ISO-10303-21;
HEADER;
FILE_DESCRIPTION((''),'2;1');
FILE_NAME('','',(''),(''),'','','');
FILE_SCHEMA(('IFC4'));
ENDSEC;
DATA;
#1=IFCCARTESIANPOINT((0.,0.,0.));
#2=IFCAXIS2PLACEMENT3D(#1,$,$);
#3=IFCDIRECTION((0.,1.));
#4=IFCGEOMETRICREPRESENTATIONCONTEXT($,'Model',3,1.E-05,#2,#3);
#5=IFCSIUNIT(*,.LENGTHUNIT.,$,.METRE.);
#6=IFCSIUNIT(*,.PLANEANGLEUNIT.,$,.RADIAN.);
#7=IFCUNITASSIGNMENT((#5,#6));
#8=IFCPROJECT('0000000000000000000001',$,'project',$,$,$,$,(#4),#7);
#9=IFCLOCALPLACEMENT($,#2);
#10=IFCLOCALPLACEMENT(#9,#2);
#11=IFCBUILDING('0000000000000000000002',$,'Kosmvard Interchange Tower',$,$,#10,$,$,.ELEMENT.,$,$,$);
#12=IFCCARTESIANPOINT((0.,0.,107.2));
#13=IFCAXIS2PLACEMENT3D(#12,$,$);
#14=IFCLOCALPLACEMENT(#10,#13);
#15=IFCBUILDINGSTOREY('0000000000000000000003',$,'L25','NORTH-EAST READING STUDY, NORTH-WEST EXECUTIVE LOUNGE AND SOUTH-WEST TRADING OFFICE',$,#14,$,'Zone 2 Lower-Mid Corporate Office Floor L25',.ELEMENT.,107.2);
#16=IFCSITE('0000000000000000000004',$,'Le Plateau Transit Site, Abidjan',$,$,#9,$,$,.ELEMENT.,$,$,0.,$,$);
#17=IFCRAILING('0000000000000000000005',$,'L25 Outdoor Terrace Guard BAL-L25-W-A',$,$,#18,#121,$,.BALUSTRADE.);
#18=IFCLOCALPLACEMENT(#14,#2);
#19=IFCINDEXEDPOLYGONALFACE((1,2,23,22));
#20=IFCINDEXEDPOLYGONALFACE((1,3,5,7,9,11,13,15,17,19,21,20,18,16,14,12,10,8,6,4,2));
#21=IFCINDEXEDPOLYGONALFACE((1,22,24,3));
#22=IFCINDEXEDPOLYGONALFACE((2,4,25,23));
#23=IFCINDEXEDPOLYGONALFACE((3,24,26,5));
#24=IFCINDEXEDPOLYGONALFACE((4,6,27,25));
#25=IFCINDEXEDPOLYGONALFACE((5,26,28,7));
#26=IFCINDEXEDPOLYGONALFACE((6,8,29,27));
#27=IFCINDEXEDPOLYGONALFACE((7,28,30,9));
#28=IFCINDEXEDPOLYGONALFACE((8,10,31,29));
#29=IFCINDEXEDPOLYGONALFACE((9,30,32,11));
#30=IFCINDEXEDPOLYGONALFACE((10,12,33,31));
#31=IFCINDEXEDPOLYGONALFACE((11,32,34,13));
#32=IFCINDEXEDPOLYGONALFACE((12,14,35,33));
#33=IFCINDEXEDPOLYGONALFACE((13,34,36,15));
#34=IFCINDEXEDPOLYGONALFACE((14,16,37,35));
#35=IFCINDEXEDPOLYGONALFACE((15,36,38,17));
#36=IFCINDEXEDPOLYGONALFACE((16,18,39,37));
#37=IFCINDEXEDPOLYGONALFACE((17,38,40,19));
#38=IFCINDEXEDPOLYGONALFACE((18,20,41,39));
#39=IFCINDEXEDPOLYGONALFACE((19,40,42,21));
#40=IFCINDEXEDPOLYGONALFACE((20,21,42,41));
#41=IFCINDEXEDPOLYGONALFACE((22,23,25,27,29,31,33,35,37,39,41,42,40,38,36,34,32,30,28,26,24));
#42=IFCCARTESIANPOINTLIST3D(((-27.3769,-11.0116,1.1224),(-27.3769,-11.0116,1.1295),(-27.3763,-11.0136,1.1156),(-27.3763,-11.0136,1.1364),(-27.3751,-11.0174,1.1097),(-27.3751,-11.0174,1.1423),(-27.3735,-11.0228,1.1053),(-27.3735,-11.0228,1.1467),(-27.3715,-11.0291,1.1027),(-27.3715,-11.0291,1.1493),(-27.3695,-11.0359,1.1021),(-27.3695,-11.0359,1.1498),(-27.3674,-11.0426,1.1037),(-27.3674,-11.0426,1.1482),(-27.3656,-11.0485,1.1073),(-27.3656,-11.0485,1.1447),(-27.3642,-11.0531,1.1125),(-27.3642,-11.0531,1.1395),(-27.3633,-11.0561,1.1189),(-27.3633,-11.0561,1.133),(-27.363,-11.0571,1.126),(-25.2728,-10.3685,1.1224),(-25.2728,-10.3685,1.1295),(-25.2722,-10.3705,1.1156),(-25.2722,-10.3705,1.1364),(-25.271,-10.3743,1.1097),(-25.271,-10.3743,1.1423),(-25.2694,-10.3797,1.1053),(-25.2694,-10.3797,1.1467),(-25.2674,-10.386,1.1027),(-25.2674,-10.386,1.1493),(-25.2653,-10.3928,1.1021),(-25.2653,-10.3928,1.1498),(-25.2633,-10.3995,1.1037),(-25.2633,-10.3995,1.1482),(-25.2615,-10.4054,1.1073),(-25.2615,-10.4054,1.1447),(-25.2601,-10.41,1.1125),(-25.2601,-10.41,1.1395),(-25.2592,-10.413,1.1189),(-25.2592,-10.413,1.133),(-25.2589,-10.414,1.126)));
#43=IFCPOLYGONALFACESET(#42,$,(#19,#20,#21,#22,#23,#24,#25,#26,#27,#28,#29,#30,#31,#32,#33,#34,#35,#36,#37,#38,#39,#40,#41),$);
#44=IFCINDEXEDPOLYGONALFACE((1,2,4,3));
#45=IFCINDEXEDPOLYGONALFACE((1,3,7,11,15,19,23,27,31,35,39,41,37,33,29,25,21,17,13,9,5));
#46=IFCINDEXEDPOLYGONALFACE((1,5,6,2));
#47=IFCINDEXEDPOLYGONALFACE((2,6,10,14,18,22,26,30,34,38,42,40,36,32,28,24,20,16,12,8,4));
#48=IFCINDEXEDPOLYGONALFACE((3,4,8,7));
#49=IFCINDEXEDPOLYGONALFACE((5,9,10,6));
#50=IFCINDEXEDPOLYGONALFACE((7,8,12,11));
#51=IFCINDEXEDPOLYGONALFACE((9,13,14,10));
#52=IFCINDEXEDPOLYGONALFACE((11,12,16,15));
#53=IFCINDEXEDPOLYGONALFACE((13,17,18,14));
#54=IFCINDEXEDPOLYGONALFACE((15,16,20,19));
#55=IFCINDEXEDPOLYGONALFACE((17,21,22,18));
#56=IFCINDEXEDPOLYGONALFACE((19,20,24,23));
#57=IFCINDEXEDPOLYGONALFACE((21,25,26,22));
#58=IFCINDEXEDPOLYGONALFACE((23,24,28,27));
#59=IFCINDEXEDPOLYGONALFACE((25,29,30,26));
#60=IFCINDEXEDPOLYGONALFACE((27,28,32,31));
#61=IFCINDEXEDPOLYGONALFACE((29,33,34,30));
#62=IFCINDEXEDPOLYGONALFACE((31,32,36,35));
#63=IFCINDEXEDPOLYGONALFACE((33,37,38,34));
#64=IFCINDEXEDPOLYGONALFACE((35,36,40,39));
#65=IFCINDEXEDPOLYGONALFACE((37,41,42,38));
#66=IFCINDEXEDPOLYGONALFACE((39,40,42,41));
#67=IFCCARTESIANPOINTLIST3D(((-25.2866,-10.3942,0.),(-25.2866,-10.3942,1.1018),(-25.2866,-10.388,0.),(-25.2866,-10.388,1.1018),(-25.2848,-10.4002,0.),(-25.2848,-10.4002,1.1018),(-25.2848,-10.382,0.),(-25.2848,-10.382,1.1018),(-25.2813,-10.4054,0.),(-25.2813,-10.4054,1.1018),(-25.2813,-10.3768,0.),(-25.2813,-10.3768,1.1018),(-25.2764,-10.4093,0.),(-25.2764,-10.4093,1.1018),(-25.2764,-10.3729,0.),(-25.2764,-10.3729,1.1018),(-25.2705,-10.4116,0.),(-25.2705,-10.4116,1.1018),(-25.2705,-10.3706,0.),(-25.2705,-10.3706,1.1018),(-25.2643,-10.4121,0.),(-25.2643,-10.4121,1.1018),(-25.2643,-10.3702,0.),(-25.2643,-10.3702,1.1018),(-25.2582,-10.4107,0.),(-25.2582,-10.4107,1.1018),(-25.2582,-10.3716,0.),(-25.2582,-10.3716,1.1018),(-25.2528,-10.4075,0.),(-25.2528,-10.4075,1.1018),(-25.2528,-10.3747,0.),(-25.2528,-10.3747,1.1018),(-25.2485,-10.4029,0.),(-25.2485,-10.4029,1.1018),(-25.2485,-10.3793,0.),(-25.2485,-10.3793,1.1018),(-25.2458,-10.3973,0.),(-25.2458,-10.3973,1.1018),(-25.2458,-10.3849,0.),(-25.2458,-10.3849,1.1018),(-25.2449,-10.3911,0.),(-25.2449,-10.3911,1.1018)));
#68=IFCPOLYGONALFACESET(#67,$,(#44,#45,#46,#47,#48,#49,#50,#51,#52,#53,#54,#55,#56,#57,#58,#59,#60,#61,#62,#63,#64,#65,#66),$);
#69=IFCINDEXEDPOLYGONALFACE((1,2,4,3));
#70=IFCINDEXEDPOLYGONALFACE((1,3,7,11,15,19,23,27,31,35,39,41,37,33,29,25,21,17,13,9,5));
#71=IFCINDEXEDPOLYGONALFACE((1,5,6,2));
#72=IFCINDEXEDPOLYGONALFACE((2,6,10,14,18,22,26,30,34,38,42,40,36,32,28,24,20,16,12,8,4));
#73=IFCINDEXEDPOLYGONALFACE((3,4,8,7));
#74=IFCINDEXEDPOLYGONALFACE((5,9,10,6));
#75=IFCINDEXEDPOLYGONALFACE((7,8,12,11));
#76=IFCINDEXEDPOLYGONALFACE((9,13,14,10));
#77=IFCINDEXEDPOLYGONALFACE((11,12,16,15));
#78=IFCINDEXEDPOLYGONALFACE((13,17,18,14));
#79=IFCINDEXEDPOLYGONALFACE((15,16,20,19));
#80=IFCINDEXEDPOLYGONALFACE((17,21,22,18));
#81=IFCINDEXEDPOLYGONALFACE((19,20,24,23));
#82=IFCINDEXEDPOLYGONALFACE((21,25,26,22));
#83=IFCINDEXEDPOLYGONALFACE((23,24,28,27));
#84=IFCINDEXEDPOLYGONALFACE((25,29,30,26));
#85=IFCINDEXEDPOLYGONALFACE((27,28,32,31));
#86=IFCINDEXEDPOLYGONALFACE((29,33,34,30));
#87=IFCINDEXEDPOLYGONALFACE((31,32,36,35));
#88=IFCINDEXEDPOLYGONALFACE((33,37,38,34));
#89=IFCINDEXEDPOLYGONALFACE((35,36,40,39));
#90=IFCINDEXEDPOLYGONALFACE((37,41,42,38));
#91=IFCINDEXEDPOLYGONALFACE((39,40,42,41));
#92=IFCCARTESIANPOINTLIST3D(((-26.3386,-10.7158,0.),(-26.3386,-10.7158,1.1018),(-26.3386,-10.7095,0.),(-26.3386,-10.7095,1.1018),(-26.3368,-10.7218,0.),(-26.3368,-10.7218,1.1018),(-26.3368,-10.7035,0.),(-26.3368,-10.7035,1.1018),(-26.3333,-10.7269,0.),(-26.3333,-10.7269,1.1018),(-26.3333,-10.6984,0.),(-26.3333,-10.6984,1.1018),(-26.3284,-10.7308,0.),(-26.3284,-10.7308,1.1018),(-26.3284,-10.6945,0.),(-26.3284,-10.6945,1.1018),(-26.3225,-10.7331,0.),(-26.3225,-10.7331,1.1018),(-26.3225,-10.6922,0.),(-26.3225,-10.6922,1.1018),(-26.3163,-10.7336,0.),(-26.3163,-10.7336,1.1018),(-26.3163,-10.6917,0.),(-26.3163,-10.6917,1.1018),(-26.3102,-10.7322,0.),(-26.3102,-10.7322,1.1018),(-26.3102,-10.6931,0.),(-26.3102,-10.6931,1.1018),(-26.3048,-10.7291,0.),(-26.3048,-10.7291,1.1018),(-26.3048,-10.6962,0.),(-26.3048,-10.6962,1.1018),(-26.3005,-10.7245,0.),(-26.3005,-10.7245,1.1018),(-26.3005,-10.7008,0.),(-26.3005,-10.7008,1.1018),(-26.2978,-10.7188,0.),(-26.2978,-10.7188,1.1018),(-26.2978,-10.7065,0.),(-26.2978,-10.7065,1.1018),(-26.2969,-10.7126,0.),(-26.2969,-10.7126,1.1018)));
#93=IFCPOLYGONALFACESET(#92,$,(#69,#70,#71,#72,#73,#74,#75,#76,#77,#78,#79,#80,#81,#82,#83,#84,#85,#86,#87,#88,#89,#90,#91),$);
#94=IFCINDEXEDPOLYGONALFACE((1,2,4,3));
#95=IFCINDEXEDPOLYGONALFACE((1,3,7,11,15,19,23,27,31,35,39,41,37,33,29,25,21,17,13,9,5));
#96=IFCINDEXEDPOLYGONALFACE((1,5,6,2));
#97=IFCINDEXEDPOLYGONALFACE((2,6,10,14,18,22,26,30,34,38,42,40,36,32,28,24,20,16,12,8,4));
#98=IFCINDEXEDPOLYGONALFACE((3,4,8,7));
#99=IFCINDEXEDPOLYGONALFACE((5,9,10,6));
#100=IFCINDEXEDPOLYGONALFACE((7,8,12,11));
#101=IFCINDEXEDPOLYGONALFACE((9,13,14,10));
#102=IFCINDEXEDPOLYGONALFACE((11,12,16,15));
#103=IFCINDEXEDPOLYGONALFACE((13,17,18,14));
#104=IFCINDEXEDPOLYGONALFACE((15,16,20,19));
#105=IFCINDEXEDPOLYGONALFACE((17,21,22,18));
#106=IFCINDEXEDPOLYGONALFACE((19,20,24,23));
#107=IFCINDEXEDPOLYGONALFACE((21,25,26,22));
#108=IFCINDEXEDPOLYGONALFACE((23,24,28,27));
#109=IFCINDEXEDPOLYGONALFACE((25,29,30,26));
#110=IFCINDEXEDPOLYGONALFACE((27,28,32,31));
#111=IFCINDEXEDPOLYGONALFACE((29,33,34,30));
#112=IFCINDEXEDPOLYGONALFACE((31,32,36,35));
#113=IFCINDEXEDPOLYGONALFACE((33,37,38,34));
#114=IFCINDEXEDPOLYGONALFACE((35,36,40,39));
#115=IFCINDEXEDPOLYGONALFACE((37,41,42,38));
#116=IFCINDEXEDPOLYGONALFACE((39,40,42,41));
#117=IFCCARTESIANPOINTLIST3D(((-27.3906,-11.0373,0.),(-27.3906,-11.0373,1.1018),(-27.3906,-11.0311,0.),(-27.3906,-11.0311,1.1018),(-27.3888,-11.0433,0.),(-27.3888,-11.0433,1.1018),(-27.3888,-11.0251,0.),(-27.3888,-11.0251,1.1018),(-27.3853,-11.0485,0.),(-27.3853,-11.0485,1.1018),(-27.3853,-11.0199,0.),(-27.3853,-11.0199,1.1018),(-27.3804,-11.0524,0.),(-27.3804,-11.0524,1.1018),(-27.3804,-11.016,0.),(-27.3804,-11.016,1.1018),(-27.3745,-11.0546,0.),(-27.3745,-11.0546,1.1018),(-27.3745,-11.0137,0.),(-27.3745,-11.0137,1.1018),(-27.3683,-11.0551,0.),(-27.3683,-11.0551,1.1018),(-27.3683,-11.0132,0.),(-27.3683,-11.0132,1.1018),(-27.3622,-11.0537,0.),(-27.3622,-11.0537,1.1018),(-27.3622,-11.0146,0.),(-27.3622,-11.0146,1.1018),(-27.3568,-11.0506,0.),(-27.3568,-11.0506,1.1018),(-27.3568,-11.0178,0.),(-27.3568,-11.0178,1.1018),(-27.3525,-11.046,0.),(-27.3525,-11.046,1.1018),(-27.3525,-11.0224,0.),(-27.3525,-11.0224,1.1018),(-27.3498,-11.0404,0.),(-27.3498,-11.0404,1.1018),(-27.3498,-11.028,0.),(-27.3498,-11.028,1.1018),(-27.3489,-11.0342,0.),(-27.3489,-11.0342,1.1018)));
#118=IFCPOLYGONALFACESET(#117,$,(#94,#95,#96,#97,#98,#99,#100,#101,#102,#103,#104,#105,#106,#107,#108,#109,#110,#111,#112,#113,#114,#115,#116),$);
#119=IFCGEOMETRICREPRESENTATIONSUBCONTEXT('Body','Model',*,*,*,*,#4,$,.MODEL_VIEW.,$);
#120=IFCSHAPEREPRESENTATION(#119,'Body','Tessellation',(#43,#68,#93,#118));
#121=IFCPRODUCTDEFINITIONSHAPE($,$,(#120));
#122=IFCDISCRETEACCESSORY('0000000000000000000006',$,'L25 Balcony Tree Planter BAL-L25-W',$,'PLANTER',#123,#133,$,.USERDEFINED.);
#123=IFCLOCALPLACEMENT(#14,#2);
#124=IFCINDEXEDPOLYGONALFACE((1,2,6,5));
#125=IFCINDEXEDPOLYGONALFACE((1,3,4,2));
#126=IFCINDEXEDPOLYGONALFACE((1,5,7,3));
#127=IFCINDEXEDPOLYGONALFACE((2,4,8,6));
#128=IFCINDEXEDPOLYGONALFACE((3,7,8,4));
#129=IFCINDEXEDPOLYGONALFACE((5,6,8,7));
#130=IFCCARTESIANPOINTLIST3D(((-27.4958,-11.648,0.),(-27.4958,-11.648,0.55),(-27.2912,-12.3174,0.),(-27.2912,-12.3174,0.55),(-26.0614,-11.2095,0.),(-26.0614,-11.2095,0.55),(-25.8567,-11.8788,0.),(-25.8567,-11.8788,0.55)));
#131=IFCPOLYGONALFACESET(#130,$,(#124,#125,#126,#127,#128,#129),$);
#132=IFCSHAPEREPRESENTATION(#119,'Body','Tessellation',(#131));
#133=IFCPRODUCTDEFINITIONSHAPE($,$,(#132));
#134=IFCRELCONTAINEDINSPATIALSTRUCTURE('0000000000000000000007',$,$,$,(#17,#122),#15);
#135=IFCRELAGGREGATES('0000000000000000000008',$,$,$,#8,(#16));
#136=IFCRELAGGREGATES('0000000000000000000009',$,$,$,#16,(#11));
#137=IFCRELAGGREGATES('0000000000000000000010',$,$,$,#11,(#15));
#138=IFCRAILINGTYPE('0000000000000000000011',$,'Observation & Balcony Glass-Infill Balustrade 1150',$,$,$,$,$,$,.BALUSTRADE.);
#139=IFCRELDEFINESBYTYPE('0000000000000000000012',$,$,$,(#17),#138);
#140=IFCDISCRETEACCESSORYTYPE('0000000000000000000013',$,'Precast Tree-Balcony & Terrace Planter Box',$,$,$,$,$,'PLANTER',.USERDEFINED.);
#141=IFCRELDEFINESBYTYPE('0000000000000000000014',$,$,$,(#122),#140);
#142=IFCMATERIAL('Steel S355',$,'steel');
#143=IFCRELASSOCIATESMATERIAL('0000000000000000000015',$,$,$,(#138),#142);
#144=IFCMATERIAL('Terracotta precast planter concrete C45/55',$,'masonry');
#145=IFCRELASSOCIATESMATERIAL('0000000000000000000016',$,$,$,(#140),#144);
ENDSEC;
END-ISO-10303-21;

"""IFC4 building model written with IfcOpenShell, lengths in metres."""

from ifc_helpers import new_model, si_unit, direction, frame, origin, origin_2d, place, context, subcontext, project, spatial, rectangle, circle, extrude, source, transform, mapped, material, type_object, element, save


model = new_model("IFC4")

# Units and contexts
model_context = context("Model", 3, precision=1e-05, world=origin(), true_north=direction((0.0, 1.0)))
body_context = subcontext(model_context, "Body", "Model", "MODEL_VIEW")
ifc_project = project(units=[si_unit("LENGTHUNIT", "METRE"), si_unit("PLANEANGLEUNIT", "RADIAN")], contexts=[model_context])

# Site, building, storey
site_placement = place(None, origin())
site = spatial("IfcSite", under=ifc_project, at=site_placement, Name="Le Plateau Transit Site, Abidjan", CompositionType="ELEMENT", RefElevation=0.0)
building_placement = place(site_placement, origin())
building = spatial("IfcBuilding", under=site, at=building_placement, Name="Kosmvard Interchange Tower", CompositionType="ELEMENT")
storey_placement = place(building_placement, frame((0.0, 0.0, 107.2)))
storey = spatial("IfcBuildingStorey", under=building, at=storey_placement, Name="L25", Description="NORTH-EAST READING STUDY, NORTH-WEST EXECUTIVE LOUNGE AND SOUTH-WEST TRADING OFFICE", LongName="Zone 2 Lower-Mid Corporate Office Floor L25", CompositionType="ELEMENT", Elevation=107.2)

# Shared definitions
ifc_material_1 = material(Name="Steel S355", Category="steel")

# Railing
railing_type = type_object("IfcRailingType", Name="Observation & Balcony Glass-Infill Balustrade 1150", PredefinedType="BALUSTRADE", material=ifc_material_1)
shared_shape_1 = source(origin(), body_context, "Body", "SweptSolid", [
    extrude(circle(Radius=0.0239, at=origin_2d()), frame((0.0, 0.0, 1.126), z_axis=(-0.956329, -0.292292, 0.0), x_axis=(0.292292, -0.956329, 0.0)), (0.0, 0.0, 1.0), 2.2002),
    extrude(circle(Radius=0.021, at=origin_2d()), origin(), (0.0, 0.0, 1.0), 1.1018),
    extrude(circle(Radius=0.021, at=origin_2d()), frame((-1.052, -0.3215, 0.0)), (0.0, 0.0, 1.0), 1.1018),
    extrude(circle(Radius=0.021, at=origin_2d()), frame((-2.104, -0.6431, 0.0)), (0.0, 0.0, 1.0), 1.1018),
])
railing_1_placement = place(storey_placement, frame((-25.2659, -10.3911, 0.0)))
element("IfcRailing", 1, at=railing_1_placement, inside=storey, type_object=railing_type, Name="L25 Outdoor Terrace Guard BAL-L25-W-A", PredefinedType="BALUSTRADE", context=body_context, shape_type="MappedRepresentation", body=[
    mapped(shared_shape_1, transform((0.0, 0.0, 0.0), scale=1.0)),
])

# Discrete accessory
ifc_material_2 = material(Name="Terracotta precast planter concrete C45/55", Category="masonry")
discrete_accessory_type = type_object("IfcDiscreteAccessoryType", Name="Precast Tree-Balcony & Terrace Planter Box", ElementType="PLANTER", PredefinedType="USERDEFINED", material=ifc_material_2)
shared_shape_2 = source(origin(), body_context, "Body", "SweptSolid", [
    extrude(rectangle(XDim=1.5, YDim=0.7, at=origin_2d()), origin(), (0.0, 0.0, 1.0), 0.55),
])
discrete_accessory_placement = place(storey_placement, frame((-26.6763, -11.7634, 0.0), z_axis=(0.0, 0.0, 1.0), x_axis=(0.956305, 0.292372, 0.0)))
element("IfcDiscreteAccessory", 2, at=discrete_accessory_placement, inside=storey, type_object=discrete_accessory_type, Name="L25 Balcony Tree Planter BAL-L25-W", ObjectType="PLANTER", PredefinedType="USERDEFINED", context=body_context, shape_type="MappedRepresentation", body=[
    mapped(shared_shape_2, transform((0.0, 0.0, 0.0), scale=1.0)),
])

save(model, "model.ifc")
